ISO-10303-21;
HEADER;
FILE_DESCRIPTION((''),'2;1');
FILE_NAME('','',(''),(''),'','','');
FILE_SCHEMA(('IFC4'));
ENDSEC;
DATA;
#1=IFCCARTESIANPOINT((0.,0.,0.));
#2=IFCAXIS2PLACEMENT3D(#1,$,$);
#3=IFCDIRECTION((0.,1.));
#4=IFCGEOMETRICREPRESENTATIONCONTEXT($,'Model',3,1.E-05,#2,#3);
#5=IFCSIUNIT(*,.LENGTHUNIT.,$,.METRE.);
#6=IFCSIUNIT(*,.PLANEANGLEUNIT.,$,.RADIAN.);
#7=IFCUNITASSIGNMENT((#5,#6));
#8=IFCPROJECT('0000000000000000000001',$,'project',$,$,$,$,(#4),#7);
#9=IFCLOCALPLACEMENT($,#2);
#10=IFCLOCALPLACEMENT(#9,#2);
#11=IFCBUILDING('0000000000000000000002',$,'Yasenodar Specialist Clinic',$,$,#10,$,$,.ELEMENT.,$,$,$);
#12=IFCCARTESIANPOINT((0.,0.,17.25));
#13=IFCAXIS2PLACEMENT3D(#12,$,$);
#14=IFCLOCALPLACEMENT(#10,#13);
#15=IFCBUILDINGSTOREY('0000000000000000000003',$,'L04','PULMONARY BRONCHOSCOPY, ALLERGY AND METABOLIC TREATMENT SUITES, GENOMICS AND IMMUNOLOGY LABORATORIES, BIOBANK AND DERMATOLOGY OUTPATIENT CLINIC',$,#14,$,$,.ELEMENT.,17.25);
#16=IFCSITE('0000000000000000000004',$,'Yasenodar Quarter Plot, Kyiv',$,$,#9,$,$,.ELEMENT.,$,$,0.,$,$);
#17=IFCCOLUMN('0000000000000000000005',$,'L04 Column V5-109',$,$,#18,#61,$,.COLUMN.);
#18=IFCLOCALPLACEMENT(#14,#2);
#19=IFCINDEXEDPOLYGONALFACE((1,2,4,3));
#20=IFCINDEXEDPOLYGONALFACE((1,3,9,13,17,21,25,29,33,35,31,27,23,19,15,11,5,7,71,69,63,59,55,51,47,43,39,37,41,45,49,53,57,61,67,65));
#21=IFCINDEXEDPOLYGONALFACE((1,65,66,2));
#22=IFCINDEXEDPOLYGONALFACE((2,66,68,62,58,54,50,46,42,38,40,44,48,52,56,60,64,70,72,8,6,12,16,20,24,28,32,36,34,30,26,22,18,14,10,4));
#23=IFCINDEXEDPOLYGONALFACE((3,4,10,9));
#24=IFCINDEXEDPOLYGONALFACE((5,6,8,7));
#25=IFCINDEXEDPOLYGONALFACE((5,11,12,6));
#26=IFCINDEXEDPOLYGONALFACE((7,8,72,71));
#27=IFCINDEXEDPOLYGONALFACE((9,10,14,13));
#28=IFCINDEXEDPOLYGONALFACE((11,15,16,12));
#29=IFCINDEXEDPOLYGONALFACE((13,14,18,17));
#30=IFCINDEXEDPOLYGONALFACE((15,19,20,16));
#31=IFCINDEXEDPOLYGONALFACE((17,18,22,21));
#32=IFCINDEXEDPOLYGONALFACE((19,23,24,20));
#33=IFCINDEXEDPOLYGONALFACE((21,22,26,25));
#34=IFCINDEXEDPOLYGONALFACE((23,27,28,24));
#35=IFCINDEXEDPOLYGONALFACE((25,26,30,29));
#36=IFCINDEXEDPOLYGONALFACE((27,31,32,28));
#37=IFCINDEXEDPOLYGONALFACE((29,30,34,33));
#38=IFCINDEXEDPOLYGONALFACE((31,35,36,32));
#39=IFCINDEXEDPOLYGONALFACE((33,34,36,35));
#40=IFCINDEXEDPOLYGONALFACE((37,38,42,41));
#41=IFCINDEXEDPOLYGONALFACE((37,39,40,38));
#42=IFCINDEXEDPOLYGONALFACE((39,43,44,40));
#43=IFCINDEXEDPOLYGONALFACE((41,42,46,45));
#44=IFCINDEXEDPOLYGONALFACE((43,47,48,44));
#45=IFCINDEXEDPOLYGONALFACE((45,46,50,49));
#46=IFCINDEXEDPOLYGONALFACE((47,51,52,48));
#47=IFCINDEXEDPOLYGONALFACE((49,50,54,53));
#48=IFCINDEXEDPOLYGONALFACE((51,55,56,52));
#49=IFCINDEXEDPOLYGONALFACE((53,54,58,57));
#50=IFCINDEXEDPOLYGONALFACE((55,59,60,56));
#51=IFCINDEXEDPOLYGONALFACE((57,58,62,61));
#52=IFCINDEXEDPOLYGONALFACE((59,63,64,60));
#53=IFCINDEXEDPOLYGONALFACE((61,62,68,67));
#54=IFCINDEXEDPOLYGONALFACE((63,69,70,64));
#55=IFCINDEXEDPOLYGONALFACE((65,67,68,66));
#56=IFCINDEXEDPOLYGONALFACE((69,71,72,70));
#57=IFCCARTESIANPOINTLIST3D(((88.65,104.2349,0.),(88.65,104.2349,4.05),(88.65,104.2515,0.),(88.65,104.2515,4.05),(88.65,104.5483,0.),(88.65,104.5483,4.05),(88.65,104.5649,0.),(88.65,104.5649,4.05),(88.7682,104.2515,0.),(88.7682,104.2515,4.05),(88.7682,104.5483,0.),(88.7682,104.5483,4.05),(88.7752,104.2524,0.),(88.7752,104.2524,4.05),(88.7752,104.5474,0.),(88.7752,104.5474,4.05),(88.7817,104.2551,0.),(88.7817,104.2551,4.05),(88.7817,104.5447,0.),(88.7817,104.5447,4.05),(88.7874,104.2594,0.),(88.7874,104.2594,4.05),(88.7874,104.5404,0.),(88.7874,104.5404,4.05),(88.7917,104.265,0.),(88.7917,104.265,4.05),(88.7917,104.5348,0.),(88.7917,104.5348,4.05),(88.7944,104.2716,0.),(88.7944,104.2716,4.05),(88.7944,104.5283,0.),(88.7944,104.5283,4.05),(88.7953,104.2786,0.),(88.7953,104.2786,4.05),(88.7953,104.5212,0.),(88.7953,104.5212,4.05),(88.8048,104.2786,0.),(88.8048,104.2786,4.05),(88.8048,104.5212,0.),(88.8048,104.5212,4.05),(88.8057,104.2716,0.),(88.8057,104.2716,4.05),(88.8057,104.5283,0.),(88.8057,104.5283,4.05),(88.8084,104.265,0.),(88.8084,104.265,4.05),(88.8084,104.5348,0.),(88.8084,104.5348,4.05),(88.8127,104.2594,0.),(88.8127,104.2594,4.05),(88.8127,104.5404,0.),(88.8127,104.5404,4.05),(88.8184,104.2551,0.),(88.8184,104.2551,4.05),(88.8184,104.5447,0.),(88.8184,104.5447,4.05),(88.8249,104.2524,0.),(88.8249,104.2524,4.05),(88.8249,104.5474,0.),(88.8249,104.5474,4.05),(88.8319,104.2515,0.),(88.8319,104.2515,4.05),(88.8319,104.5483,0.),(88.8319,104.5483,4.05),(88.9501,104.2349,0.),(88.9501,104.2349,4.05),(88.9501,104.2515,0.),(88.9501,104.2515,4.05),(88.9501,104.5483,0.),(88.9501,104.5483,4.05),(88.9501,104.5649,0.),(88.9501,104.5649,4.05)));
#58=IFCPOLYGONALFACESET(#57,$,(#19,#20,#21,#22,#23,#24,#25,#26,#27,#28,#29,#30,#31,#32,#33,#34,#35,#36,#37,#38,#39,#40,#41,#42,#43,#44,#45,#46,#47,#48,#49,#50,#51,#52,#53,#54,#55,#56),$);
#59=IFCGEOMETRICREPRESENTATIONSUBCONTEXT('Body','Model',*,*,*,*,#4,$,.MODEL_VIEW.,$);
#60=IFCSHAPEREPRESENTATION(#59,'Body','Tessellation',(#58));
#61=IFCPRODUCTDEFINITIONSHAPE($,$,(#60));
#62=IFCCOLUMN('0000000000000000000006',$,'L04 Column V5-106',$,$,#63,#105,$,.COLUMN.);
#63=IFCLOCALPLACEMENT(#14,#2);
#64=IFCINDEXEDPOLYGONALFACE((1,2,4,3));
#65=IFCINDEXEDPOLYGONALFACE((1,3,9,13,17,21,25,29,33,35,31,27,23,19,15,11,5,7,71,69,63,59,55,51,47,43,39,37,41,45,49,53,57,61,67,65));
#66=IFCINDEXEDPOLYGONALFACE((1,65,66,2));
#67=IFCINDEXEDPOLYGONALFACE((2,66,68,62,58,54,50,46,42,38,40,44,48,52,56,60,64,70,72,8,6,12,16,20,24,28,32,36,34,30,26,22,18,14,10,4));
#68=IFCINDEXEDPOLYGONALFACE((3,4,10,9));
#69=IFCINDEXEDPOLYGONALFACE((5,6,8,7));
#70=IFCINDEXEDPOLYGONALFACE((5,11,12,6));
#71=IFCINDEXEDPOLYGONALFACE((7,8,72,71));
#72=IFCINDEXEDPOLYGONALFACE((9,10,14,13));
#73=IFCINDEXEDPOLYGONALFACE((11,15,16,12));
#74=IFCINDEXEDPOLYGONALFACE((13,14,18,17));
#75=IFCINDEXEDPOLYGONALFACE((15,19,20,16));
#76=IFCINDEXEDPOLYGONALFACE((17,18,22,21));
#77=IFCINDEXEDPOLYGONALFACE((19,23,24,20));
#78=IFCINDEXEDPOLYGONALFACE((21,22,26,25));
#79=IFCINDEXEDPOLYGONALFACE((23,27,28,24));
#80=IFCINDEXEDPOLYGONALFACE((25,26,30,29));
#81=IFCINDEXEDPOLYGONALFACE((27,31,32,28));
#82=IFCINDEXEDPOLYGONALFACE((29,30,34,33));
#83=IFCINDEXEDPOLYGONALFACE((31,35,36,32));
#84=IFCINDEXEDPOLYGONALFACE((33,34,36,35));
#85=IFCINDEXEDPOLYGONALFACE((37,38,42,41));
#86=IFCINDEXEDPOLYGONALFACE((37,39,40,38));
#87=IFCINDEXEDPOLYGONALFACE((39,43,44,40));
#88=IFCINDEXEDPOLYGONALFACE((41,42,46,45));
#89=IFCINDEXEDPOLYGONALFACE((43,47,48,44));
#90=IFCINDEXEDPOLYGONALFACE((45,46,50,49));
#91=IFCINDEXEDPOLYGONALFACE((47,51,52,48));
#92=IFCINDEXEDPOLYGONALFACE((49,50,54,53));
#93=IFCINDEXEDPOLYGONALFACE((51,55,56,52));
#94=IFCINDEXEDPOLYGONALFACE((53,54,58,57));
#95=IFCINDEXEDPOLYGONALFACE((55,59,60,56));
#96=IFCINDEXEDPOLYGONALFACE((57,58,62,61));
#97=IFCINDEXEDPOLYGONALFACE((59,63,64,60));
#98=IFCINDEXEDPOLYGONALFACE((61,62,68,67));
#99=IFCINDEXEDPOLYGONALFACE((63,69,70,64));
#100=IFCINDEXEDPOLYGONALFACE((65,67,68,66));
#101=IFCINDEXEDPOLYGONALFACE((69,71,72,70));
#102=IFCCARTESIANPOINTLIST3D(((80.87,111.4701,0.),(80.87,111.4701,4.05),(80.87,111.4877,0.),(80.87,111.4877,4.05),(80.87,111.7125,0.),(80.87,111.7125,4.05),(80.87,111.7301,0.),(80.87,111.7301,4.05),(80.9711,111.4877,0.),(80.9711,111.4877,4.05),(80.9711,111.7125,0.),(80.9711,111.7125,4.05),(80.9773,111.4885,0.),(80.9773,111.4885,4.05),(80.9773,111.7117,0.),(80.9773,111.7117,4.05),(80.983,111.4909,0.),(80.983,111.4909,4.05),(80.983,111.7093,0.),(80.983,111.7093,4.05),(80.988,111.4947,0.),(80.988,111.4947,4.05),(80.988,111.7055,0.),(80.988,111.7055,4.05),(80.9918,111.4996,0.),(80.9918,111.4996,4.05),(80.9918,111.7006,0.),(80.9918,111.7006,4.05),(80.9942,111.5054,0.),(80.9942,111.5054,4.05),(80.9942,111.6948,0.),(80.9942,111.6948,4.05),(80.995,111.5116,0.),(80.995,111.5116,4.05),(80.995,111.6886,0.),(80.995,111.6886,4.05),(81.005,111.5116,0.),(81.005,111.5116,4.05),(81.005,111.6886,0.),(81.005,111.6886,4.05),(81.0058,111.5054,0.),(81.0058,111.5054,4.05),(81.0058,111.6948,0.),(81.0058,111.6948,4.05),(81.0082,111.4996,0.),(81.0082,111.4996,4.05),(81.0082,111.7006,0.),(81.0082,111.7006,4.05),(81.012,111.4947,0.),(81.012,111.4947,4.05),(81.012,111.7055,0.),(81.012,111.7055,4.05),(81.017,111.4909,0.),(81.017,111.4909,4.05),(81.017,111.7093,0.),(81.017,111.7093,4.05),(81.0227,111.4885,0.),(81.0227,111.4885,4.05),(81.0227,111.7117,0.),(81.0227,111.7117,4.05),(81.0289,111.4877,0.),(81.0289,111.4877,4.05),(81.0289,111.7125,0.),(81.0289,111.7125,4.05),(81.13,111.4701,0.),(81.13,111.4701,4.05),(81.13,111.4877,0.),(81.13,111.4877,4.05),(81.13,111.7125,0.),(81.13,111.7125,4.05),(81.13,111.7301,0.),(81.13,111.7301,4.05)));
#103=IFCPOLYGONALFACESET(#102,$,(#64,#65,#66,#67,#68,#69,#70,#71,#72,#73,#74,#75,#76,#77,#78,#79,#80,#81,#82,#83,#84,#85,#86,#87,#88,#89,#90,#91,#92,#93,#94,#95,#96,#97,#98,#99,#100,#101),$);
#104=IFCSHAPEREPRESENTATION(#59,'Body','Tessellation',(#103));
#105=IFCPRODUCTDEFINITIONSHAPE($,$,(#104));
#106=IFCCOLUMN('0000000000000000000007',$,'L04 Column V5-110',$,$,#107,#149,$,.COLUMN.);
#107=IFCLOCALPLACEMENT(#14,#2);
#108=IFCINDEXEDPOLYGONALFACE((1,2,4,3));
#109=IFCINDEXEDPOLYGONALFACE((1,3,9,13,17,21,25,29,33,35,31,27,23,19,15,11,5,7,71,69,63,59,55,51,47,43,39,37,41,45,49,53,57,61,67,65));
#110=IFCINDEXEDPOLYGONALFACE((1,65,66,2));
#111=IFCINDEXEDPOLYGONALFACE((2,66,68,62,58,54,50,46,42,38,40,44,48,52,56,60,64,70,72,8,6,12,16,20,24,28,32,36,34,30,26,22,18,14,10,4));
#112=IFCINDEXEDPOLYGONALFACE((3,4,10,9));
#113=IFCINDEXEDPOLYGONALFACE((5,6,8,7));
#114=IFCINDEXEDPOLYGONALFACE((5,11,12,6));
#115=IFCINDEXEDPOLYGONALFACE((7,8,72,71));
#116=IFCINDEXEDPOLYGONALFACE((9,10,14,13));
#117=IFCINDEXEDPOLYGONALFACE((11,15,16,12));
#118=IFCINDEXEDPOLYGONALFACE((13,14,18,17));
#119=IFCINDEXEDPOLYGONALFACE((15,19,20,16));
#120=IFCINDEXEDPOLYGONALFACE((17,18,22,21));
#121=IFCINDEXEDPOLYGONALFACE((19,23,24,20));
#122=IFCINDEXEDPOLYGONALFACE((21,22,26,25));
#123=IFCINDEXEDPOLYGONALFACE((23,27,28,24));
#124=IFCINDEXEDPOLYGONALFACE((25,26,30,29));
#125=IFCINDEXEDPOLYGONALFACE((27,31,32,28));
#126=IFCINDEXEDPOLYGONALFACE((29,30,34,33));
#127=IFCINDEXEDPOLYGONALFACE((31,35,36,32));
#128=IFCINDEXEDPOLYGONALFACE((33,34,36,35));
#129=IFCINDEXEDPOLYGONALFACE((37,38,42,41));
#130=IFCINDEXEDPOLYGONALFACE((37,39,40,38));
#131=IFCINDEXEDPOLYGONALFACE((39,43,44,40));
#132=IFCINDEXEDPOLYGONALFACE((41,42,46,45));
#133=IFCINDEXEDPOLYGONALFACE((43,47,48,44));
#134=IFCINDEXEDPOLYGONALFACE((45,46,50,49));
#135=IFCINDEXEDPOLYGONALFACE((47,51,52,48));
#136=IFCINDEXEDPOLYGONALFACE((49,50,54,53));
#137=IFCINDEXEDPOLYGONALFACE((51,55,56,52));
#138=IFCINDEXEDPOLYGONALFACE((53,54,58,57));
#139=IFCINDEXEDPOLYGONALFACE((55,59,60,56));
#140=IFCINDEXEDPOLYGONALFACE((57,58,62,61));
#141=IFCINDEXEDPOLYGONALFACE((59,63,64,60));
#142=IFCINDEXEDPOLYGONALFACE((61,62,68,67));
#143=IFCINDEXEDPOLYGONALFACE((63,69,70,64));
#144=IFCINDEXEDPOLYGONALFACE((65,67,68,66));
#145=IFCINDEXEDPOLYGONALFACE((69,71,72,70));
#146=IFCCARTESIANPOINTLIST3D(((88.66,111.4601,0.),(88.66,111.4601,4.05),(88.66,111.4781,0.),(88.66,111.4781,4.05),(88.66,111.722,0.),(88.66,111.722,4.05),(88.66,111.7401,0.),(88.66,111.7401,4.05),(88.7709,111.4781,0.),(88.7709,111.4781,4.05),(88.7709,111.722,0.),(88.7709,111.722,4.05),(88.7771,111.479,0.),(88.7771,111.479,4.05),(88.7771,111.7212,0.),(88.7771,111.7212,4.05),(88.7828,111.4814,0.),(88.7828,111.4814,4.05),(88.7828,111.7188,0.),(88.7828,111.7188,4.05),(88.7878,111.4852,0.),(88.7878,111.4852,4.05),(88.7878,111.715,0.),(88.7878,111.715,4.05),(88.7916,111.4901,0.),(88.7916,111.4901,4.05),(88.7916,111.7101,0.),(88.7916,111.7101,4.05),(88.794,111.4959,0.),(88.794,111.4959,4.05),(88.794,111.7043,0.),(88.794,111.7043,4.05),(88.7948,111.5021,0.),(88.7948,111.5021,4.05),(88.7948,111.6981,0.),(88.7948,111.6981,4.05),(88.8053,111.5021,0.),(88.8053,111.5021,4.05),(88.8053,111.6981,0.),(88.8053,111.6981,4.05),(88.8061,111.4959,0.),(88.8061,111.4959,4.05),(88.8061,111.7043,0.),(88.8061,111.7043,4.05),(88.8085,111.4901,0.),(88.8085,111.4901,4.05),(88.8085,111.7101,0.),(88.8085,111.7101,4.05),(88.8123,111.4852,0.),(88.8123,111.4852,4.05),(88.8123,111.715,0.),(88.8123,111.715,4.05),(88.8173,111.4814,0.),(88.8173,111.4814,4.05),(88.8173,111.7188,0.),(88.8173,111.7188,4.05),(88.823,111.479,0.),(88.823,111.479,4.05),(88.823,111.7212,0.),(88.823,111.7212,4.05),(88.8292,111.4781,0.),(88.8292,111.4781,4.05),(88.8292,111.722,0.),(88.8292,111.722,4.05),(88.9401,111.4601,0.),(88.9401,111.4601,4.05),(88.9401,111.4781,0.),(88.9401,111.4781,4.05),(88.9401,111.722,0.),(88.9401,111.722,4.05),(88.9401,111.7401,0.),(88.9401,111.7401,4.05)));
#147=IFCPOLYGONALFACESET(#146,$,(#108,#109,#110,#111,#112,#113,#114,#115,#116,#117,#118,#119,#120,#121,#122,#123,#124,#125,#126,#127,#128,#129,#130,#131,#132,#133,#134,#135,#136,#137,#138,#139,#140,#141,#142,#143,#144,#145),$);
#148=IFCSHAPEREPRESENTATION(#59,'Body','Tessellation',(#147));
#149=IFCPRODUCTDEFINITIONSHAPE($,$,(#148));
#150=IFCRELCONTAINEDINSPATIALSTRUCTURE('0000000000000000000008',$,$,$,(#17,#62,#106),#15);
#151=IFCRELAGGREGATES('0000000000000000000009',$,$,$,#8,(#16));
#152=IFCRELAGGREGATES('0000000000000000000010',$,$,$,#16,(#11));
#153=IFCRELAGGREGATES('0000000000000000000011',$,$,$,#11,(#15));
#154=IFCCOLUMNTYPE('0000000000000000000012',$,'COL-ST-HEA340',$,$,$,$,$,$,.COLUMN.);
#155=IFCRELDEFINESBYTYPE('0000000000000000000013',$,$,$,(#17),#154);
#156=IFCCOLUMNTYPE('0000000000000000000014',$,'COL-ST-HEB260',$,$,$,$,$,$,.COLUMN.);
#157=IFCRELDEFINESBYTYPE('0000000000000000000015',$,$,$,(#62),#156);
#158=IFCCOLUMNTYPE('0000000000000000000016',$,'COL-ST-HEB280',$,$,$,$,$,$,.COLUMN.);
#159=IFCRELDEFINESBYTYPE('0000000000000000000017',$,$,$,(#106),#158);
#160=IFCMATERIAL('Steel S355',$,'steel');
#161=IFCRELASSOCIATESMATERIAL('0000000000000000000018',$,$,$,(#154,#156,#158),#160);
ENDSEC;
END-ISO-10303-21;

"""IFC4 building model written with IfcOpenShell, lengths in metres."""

from ifc_helpers import new_model, si_unit, direction, frame, origin, origin_2d, place, context, subcontext, project, spatial, i_section, extrude, material, material_profile, profile_set, type_object, element, save


model = new_model("IFC4")

# Units and contexts
model_context = context("Model", 3, precision=1e-05, world=origin(), true_north=direction((0.0, 1.0)))
body_context = subcontext(model_context, "Body", "Model", "MODEL_VIEW")
ifc_project = project(units=[si_unit("LENGTHUNIT", "METRE"), si_unit("PLANEANGLEUNIT", "RADIAN")], contexts=[model_context])

# Site, building, storey
site_placement = place(None, origin())
site = spatial("IfcSite", under=ifc_project, at=site_placement, Name="Yasenodar Quarter Plot, Kyiv", CompositionType="ELEMENT", RefElevation=0.0)
building_placement = place(site_placement, origin())
building = spatial("IfcBuilding", under=site, at=building_placement, Name="Yasenodar Specialist Clinic", CompositionType="ELEMENT")
storey_placement = place(building_placement, frame((0.0, 0.0, 17.25)))
storey = spatial("IfcBuildingStorey", under=building, at=storey_placement, Name="L04", Description="PULMONARY BRONCHOSCOPY, ALLERGY AND METABOLIC TREATMENT SUITES, GENOMICS AND IMMUNOLOGY LABORATORIES, BIOBANK AND DERMATOLOGY OUTPATIENT CLINIC", CompositionType="ELEMENT", Elevation=17.25)

# Columns
ifc_material_1 = material(Name="Steel S355", Category="steel")
ifc_material_profile_1 = material_profile(ifc_material_1, i_section(OverallWidth=0.3, OverallDepth=0.3301, WebThickness=0.0095, FlangeThickness=0.0166, FilletRadius=0.0271, at=origin_2d()), Name="HEA 340")
ifc_profile_set_1 = profile_set([ifc_material_profile_1], Name="Steel S355")
column_type_1 = type_object("IfcColumnType", Name="COL-ST-HEA340", PredefinedType="COLUMN", material=ifc_profile_set_1)
column_1_placement = place(storey_placement, frame((88.8, 104.3999, 0.0), z_axis=(0.0, 0.0, 1.0), x_axis=(1.0, 0.0, 0.0)))
element("IfcColumn", 1, at=column_1_placement, inside=storey, type_object=column_type_1, Name="L04 Column V5-109", PredefinedType="COLUMN", context=body_context, shape_type="SweptSolid", body=[
    extrude(i_section(OverallWidth=0.3, OverallDepth=0.3301, WebThickness=0.0095, FlangeThickness=0.0166, FilletRadius=0.0271, at=origin_2d()), origin(), (0.0, 0.0, 1.0), 4.05),
])
ifc_material_profile_2 = material_profile(ifc_material_1, i_section(OverallWidth=0.26, OverallDepth=0.26, WebThickness=0.01, FlangeThickness=0.0176, FilletRadius=0.0239, at=origin_2d()), Name="HEB 260")
ifc_profile_set_2 = profile_set([ifc_material_profile_2], Name="Steel S355")
column_type_2 = type_object("IfcColumnType", Name="COL-ST-HEB260", PredefinedType="COLUMN", material=ifc_profile_set_2)
column_2_placement = place(storey_placement, frame((81.0, 111.6001, 0.0), z_axis=(0.0, 0.0, 1.0), x_axis=(1.0, 0.0, 0.0)))
element("IfcColumn", 2, at=column_2_placement, inside=storey, type_object=column_type_2, Name="L04 Column V5-106", PredefinedType="COLUMN", context=body_context, shape_type="SweptSolid", body=[
    extrude(i_section(OverallWidth=0.26, OverallDepth=0.26, WebThickness=0.01, FlangeThickness=0.0176, FilletRadius=0.0239, at=origin_2d()), origin(), (0.0, 0.0, 1.0), 4.05),
])
ifc_material_profile_3 = material_profile(ifc_material_1, i_section(OverallWidth=0.28, OverallDepth=0.28, WebThickness=0.0105, FlangeThickness=0.0181, FilletRadius=0.0239, at=origin_2d()), Name="HEB 280")
ifc_profile_set_3 = profile_set([ifc_material_profile_3], Name="Steel S355")
column_type_3 = type_object("IfcColumnType", Name="COL-ST-HEB280", PredefinedType="COLUMN", material=ifc_profile_set_3)
column_3_placement = place(storey_placement, frame((88.8, 111.6001, 0.0), z_axis=(0.0, 0.0, 1.0), x_axis=(1.0, 0.0, 0.0)))
element("IfcColumn", 3, at=column_3_placement, inside=storey, type_object=column_type_3, Name="L04 Column V5-110", PredefinedType="COLUMN", context=body_context, shape_type="SweptSolid", body=[
    extrude(i_section(OverallWidth=0.28, OverallDepth=0.28, WebThickness=0.0105, FlangeThickness=0.0181, FilletRadius=0.0239, at=origin_2d()), origin(), (0.0, 0.0, 1.0), 4.05),
])

save(model, "model.ifc")
